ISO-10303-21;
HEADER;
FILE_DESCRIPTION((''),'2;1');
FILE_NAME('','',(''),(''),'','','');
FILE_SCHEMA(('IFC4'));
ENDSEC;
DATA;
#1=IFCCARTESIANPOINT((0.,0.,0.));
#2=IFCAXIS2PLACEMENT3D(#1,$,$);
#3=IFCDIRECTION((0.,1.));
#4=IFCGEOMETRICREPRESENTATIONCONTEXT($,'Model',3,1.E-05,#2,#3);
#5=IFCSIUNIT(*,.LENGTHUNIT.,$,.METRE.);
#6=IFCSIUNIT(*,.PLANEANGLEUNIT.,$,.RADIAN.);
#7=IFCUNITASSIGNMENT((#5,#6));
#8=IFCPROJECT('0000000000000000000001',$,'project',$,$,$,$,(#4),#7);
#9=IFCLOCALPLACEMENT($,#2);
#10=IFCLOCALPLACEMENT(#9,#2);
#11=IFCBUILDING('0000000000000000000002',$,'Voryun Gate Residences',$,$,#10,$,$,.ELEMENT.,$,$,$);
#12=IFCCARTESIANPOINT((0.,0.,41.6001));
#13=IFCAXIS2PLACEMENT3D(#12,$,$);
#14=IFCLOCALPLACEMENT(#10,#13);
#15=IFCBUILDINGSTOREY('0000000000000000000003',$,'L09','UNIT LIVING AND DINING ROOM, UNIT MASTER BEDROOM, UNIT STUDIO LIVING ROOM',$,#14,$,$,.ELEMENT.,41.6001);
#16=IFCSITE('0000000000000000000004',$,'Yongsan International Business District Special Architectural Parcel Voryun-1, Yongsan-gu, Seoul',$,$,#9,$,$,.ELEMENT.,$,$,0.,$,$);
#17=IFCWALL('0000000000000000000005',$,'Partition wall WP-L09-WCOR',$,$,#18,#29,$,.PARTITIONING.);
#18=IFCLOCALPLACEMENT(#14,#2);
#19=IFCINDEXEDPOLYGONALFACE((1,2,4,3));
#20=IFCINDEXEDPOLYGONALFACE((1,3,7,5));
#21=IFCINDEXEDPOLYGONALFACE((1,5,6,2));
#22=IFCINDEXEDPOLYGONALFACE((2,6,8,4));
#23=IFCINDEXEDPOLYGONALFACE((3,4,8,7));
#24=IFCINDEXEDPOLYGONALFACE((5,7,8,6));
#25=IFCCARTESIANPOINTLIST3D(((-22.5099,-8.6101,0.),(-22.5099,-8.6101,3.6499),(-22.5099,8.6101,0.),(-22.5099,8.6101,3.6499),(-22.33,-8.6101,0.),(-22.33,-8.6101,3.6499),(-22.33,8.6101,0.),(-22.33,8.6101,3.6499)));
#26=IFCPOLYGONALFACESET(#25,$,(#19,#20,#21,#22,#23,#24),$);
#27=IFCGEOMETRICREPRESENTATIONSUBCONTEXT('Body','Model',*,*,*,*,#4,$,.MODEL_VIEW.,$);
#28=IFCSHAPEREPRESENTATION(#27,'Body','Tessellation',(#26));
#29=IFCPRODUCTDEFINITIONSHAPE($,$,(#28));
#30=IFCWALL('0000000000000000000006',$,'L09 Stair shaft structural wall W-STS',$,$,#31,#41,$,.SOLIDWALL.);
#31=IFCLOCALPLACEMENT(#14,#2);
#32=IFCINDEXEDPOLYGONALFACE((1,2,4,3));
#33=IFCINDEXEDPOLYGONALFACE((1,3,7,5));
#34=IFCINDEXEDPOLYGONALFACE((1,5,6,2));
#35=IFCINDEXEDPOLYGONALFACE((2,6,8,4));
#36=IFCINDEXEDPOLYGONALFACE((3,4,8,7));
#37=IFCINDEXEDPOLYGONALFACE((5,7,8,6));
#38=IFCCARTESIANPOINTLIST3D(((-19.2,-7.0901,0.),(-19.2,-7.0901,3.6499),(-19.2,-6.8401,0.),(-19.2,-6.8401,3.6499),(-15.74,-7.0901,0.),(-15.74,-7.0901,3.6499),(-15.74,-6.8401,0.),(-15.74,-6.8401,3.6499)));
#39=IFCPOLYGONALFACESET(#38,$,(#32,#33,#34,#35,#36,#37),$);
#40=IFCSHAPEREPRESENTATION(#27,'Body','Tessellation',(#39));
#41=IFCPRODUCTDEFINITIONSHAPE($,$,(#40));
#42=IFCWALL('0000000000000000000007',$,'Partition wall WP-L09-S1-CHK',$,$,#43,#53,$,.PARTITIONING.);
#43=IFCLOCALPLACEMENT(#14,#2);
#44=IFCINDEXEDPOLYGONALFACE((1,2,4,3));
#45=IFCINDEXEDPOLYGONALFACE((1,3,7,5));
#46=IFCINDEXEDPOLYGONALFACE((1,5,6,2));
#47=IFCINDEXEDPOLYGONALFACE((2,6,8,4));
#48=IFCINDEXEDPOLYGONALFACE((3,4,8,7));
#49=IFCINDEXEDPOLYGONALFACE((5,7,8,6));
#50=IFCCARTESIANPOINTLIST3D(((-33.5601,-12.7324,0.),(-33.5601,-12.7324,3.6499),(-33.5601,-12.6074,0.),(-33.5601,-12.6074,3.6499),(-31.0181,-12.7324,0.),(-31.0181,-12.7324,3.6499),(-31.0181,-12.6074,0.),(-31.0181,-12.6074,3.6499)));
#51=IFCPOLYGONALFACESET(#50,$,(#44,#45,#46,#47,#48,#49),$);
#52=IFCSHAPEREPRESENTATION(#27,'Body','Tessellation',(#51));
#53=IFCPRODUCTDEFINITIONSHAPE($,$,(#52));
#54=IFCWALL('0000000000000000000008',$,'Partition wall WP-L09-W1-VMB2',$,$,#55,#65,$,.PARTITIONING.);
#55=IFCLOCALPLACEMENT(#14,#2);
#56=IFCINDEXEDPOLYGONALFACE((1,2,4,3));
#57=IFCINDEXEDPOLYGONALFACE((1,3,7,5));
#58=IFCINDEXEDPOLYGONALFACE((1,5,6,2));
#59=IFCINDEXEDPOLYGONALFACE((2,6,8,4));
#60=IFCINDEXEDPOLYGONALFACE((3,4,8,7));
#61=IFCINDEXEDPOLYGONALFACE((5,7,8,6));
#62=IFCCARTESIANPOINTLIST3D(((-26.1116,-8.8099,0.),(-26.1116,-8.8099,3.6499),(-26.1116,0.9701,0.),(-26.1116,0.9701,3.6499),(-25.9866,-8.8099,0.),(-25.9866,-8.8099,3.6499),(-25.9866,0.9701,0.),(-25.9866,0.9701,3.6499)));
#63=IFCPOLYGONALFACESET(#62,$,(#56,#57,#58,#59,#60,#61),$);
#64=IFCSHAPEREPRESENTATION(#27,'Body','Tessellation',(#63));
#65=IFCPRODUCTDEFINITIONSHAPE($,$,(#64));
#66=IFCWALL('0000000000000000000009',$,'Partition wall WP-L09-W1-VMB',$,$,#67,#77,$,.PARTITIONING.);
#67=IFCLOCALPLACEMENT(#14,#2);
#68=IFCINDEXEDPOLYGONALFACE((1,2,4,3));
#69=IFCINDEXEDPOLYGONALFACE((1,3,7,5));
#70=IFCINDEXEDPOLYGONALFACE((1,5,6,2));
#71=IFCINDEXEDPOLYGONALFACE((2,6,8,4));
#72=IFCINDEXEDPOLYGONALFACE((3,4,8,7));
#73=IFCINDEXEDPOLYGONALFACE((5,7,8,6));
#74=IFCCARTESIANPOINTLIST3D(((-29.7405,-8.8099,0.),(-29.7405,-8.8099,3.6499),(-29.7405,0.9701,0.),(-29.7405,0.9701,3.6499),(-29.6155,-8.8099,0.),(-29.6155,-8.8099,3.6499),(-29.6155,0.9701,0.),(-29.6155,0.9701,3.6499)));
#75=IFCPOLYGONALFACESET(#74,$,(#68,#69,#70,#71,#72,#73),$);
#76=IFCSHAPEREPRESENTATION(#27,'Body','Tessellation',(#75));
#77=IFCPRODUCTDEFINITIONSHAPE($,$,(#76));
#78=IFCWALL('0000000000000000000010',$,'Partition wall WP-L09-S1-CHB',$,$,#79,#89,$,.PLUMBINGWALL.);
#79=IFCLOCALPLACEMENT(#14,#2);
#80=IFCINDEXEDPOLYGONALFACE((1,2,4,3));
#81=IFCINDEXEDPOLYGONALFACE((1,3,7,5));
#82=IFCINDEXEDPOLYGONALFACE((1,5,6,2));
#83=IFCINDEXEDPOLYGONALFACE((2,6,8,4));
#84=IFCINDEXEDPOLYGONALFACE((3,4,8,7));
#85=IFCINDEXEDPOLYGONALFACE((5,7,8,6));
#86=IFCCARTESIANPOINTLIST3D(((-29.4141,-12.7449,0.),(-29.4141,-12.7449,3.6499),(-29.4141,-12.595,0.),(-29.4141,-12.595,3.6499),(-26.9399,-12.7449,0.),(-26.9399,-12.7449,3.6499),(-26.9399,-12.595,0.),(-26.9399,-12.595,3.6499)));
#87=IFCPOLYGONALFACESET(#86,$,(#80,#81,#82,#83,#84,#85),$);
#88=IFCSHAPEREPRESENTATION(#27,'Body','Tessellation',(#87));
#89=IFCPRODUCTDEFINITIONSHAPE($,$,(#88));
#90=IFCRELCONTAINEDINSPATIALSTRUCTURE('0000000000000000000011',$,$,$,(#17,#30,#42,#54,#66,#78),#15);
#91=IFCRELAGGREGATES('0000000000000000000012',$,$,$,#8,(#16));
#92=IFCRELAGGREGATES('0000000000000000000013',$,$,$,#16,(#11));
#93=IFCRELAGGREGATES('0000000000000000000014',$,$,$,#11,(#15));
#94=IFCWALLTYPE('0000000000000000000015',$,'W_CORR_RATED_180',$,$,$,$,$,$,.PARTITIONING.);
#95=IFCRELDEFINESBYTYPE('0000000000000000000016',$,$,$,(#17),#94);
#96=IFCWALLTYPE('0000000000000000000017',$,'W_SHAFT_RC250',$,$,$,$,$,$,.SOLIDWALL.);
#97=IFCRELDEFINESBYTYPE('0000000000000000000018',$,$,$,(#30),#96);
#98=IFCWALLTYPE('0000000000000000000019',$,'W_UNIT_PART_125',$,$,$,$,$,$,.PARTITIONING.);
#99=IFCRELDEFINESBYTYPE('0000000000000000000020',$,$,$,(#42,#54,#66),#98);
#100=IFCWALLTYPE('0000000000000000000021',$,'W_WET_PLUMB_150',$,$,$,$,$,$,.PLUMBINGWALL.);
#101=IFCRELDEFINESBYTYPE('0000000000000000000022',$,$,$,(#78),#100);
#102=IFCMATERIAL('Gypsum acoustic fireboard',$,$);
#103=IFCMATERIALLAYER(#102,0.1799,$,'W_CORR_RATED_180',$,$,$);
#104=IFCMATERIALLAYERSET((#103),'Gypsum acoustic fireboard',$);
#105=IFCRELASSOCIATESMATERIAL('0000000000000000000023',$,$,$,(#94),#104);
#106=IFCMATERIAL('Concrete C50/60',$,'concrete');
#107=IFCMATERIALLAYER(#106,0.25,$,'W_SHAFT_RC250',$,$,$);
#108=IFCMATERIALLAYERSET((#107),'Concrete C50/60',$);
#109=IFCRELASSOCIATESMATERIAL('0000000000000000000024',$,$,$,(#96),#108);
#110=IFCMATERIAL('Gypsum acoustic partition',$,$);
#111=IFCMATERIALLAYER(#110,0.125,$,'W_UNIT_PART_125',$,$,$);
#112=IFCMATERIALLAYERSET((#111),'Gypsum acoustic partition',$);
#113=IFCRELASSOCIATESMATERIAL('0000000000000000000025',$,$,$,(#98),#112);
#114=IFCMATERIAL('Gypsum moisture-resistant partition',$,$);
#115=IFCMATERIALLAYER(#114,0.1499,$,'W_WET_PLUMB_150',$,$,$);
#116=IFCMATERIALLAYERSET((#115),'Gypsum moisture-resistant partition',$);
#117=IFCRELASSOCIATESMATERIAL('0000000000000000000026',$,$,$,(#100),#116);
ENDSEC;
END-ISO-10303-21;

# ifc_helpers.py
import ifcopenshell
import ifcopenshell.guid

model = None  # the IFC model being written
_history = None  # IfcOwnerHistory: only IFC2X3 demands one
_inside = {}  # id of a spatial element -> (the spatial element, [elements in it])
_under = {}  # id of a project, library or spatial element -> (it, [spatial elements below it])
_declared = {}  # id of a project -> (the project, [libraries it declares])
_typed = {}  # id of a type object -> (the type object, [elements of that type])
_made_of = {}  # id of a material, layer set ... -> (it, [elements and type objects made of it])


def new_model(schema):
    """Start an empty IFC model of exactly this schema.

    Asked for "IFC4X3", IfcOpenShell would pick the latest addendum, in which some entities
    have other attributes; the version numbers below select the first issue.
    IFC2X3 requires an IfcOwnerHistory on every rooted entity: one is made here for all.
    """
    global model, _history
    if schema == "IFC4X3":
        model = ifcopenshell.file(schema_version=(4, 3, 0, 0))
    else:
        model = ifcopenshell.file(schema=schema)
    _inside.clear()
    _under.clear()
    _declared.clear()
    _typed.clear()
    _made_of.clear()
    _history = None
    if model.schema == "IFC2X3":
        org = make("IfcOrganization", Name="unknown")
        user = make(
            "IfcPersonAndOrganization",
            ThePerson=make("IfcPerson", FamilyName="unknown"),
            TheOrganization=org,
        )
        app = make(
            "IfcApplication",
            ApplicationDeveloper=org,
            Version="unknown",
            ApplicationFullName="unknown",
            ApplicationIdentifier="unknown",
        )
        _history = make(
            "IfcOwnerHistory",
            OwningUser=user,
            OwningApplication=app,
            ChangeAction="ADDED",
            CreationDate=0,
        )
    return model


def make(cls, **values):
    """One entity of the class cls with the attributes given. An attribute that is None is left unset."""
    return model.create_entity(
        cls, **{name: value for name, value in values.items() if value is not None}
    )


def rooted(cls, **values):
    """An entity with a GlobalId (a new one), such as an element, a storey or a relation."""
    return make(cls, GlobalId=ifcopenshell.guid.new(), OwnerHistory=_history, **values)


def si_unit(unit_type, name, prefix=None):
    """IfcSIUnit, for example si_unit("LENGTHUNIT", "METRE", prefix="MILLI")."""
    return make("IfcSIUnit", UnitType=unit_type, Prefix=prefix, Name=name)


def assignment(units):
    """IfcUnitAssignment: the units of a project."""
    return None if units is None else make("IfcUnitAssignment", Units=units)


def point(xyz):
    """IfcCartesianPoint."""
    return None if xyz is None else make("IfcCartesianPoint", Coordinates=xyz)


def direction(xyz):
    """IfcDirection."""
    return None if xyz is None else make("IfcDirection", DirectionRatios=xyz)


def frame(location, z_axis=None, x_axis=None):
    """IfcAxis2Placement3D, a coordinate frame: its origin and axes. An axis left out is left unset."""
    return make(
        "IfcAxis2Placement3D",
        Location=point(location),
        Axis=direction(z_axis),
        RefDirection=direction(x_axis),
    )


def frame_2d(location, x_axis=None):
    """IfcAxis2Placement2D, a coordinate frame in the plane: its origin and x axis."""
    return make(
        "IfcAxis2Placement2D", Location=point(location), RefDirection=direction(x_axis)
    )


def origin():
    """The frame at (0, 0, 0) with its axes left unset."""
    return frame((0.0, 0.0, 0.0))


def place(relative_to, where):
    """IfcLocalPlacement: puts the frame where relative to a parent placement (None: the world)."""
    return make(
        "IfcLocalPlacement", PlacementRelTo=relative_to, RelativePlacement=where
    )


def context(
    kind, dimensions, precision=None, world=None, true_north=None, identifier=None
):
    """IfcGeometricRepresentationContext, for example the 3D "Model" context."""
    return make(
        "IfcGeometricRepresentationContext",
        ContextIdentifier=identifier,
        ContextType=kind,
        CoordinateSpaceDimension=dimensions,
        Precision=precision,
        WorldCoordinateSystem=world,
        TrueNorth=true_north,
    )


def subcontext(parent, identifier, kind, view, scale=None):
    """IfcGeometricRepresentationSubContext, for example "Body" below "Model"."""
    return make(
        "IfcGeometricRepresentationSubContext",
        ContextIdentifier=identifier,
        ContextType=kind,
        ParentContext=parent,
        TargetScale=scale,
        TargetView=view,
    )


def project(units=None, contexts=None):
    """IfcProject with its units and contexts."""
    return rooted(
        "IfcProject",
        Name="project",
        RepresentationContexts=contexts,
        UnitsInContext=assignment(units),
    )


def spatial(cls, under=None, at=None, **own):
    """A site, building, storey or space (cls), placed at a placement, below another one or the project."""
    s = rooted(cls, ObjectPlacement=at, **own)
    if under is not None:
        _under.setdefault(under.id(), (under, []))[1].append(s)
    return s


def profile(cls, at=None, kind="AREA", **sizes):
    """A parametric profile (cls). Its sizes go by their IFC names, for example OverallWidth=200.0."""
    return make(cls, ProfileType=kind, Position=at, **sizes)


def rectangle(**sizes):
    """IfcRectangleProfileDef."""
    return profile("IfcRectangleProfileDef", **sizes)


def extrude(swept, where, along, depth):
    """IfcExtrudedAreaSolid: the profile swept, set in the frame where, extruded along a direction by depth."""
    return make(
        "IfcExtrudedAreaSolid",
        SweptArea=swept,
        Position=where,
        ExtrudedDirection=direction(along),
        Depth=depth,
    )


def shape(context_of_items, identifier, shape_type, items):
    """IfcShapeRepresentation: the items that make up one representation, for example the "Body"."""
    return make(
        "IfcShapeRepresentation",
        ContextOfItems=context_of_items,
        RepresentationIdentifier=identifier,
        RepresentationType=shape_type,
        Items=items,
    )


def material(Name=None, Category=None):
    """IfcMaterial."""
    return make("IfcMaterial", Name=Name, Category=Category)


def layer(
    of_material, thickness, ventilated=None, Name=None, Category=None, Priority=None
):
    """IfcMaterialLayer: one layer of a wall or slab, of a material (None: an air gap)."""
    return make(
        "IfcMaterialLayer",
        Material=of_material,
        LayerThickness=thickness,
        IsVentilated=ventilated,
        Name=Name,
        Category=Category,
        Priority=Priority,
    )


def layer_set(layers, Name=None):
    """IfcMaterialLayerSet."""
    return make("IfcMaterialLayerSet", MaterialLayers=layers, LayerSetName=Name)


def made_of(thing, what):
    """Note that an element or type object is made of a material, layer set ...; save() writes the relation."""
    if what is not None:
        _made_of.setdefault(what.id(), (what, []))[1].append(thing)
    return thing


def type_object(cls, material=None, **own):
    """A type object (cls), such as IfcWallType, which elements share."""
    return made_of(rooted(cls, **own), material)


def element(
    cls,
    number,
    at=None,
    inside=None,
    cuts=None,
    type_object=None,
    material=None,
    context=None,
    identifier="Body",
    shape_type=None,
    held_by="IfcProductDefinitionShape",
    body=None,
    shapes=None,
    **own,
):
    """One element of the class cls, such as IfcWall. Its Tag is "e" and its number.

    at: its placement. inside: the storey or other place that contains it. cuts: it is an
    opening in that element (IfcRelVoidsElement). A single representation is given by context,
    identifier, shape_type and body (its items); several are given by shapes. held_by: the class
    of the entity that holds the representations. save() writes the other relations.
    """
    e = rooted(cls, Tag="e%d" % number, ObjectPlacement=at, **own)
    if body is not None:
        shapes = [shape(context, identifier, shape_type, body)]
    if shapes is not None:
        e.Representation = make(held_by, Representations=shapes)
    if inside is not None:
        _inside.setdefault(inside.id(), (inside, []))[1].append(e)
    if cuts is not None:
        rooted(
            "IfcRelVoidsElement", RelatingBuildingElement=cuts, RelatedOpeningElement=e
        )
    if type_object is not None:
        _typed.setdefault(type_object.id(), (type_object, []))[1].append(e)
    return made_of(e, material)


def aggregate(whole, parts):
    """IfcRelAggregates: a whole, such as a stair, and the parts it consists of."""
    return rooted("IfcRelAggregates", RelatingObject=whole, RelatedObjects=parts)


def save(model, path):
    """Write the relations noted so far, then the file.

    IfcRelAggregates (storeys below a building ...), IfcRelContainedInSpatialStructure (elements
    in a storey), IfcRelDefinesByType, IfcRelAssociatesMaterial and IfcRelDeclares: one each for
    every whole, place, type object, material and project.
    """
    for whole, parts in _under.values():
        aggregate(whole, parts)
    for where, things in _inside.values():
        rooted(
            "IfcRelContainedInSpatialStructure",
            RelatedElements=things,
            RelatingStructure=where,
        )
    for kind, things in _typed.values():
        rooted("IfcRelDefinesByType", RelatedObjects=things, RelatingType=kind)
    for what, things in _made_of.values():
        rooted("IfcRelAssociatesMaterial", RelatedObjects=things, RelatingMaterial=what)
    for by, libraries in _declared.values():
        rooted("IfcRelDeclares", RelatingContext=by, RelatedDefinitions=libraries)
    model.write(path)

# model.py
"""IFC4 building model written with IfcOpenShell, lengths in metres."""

from ifc_helpers import new_model, si_unit, direction, frame, frame_2d, origin, place, context, subcontext, project, spatial, rectangle, extrude, material, layer, layer_set, type_object, element, save


model = new_model("IFC4")

# Units and contexts
model_context = context("Model", 3, precision=1e-05, world=origin(), true_north=direction((0.0, 1.0)))
body_context = subcontext(model_context, "Body", "Model", "MODEL_VIEW")
ifc_project = project(units=[si_unit("LENGTHUNIT", "METRE"), si_unit("PLANEANGLEUNIT", "RADIAN")], contexts=[model_context])

# Site, building, storey
site_placement = place(None, origin())
site = spatial("IfcSite", under=ifc_project, at=site_placement, Name="Yongsan International Business District Special Architectural Parcel Voryun-1, Yongsan-gu, Seoul", CompositionType="ELEMENT", RefElevation=0.0)
building_placement = place(site_placement, origin())
building = spatial("IfcBuilding", under=site, at=building_placement, Name="Voryun Gate Residences", CompositionType="ELEMENT")
storey_placement = place(building_placement, frame((0.0, 0.0, 41.6001)))
storey = spatial("IfcBuildingStorey", under=building, at=storey_placement, Name="L09", Description="UNIT LIVING AND DINING ROOM, UNIT MASTER BEDROOM, UNIT STUDIO LIVING ROOM", CompositionType="ELEMENT", Elevation=41.6001)

# Shared definitions
ifc_material_1 = material(Name="Gypsum acoustic fireboard")
ifc_layer_1 = layer(ifc_material_1, 0.1799, Name="W_CORR_RATED_180")
ifc_layer_set_1 = layer_set([ifc_layer_1], Name="Gypsum acoustic fireboard")
wall_type_1 = type_object("IfcWallType", Name="W_CORR_RATED_180", PredefinedType="PARTITIONING", material=ifc_layer_set_1)

# Walls
wall_1_placement = place(storey_placement, frame((-22.4199, -8.6101, 0.0), z_axis=(0.0, 0.0, 1.0), x_axis=(0.0, 1.0, 0.0)))
element("IfcWall", 1, at=wall_1_placement, inside=storey, type_object=wall_type_1, Name="Partition wall WP-L09-WCOR", PredefinedType="PARTITIONING", context=body_context, shape_type="SweptSolid", body=[
    extrude(rectangle(XDim=17.2202, YDim=0.1799, at=frame_2d((8.6101, 0.0))), origin(), (0.0, 0.0, 1.0), 3.6499),
])
ifc_material_2 = material(Name="Concrete C50/60", Category="concrete")
ifc_layer_2 = layer(ifc_material_2, 0.25, Name="W_SHAFT_RC250")
ifc_layer_set_2 = layer_set([ifc_layer_2], Name="Concrete C50/60")
wall_type_2 = type_object("IfcWallType", Name="W_SHAFT_RC250", PredefinedType="SOLIDWALL", material=ifc_layer_set_2)
wall_2_placement = place(storey_placement, frame((-19.2, -6.9651, 0.0), z_axis=(0.0, 0.0, 1.0), x_axis=(1.0, 0.0, 0.0)))
element("IfcWall", 2, at=wall_2_placement, inside=storey, type_object=wall_type_2, Name="L09 Stair shaft structural wall W-STS", PredefinedType="SOLIDWALL", context=body_context, shape_type="SweptSolid", body=[
    extrude(rectangle(XDim=3.46, YDim=0.25, at=frame_2d((1.73, 0.0))), origin(), (0.0, 0.0, 1.0), 3.6499),
])
ifc_material_3 = material(Name="Gypsum acoustic partition")
ifc_layer_3 = layer(ifc_material_3, 0.125, Name="W_UNIT_PART_125")
ifc_layer_set_3 = layer_set([ifc_layer_3], Name="Gypsum acoustic partition")
wall_type_3 = type_object("IfcWallType", Name="W_UNIT_PART_125", PredefinedType="PARTITIONING", material=ifc_layer_set_3)
wall_3_placement = place(storey_placement, frame((-33.5601, -12.6699, 0.0), z_axis=(0.0, 0.0, 1.0), x_axis=(1.0, 0.0, 0.0)))
element("IfcWall", 3, at=wall_3_placement, inside=storey, type_object=wall_type_3, Name="Partition wall WP-L09-S1-CHK", PredefinedType="PARTITIONING", context=body_context, shape_type="SweptSolid", body=[
    extrude(rectangle(XDim=2.542, YDim=0.125, at=frame_2d((1.271, 0.0))), origin(), (0.0, 0.0, 1.0), 3.6499),
])
for number, where, z_axis, x_axis, name in (
    (4, (-26.0491, -8.8101, 0.0), (0.0, 0.0, 1.0), (0.0, 1.0, 0.0), "Partition wall WP-L09-W1-VMB2"),
    (5, (-29.678, -8.8101, 0.0), (0.0, 0.0, 1.0), (0.0, 1.0, 0.0), "Partition wall WP-L09-W1-VMB"),
):
    element("IfcWall", number, at=place(storey_placement, frame(where, z_axis=z_axis, x_axis=x_axis)), inside=storey, type_object=wall_type_3, Name=name, PredefinedType="PARTITIONING", context=body_context, shape_type="SweptSolid", body=[
        extrude(rectangle(XDim=9.78, YDim=0.125, at=frame_2d((4.8901, 0.0))), origin(), (0.0, 0.0, 1.0), 3.6499),
    ])
ifc_material_4 = material(Name="Gypsum moisture-resistant partition")
ifc_layer_4 = layer(ifc_material_4, 0.1499, Name="W_WET_PLUMB_150")
ifc_layer_set_4 = layer_set([ifc_layer_4], Name="Gypsum moisture-resistant partition")
wall_type_4 = type_object("IfcWallType", Name="W_WET_PLUMB_150", PredefinedType="PLUMBINGWALL", material=ifc_layer_set_4)
wall_4_placement = place(storey_placement, frame((-29.4141, -12.6699, 0.0), z_axis=(0.0, 0.0, 1.0), x_axis=(1.0, 0.0, 0.0)))
element("IfcWall", 6, at=wall_4_placement, inside=storey, type_object=wall_type_4, Name="Partition wall WP-L09-S1-CHB", PredefinedType="PLUMBINGWALL", context=body_context, shape_type="SweptSolid", body=[
    extrude(rectangle(XDim=2.4741, YDim=0.1499, at=frame_2d((1.2371, 0.0))), origin(), (0.0, 0.0, 1.0), 3.6499),
])

save(model, "model.ifc")
